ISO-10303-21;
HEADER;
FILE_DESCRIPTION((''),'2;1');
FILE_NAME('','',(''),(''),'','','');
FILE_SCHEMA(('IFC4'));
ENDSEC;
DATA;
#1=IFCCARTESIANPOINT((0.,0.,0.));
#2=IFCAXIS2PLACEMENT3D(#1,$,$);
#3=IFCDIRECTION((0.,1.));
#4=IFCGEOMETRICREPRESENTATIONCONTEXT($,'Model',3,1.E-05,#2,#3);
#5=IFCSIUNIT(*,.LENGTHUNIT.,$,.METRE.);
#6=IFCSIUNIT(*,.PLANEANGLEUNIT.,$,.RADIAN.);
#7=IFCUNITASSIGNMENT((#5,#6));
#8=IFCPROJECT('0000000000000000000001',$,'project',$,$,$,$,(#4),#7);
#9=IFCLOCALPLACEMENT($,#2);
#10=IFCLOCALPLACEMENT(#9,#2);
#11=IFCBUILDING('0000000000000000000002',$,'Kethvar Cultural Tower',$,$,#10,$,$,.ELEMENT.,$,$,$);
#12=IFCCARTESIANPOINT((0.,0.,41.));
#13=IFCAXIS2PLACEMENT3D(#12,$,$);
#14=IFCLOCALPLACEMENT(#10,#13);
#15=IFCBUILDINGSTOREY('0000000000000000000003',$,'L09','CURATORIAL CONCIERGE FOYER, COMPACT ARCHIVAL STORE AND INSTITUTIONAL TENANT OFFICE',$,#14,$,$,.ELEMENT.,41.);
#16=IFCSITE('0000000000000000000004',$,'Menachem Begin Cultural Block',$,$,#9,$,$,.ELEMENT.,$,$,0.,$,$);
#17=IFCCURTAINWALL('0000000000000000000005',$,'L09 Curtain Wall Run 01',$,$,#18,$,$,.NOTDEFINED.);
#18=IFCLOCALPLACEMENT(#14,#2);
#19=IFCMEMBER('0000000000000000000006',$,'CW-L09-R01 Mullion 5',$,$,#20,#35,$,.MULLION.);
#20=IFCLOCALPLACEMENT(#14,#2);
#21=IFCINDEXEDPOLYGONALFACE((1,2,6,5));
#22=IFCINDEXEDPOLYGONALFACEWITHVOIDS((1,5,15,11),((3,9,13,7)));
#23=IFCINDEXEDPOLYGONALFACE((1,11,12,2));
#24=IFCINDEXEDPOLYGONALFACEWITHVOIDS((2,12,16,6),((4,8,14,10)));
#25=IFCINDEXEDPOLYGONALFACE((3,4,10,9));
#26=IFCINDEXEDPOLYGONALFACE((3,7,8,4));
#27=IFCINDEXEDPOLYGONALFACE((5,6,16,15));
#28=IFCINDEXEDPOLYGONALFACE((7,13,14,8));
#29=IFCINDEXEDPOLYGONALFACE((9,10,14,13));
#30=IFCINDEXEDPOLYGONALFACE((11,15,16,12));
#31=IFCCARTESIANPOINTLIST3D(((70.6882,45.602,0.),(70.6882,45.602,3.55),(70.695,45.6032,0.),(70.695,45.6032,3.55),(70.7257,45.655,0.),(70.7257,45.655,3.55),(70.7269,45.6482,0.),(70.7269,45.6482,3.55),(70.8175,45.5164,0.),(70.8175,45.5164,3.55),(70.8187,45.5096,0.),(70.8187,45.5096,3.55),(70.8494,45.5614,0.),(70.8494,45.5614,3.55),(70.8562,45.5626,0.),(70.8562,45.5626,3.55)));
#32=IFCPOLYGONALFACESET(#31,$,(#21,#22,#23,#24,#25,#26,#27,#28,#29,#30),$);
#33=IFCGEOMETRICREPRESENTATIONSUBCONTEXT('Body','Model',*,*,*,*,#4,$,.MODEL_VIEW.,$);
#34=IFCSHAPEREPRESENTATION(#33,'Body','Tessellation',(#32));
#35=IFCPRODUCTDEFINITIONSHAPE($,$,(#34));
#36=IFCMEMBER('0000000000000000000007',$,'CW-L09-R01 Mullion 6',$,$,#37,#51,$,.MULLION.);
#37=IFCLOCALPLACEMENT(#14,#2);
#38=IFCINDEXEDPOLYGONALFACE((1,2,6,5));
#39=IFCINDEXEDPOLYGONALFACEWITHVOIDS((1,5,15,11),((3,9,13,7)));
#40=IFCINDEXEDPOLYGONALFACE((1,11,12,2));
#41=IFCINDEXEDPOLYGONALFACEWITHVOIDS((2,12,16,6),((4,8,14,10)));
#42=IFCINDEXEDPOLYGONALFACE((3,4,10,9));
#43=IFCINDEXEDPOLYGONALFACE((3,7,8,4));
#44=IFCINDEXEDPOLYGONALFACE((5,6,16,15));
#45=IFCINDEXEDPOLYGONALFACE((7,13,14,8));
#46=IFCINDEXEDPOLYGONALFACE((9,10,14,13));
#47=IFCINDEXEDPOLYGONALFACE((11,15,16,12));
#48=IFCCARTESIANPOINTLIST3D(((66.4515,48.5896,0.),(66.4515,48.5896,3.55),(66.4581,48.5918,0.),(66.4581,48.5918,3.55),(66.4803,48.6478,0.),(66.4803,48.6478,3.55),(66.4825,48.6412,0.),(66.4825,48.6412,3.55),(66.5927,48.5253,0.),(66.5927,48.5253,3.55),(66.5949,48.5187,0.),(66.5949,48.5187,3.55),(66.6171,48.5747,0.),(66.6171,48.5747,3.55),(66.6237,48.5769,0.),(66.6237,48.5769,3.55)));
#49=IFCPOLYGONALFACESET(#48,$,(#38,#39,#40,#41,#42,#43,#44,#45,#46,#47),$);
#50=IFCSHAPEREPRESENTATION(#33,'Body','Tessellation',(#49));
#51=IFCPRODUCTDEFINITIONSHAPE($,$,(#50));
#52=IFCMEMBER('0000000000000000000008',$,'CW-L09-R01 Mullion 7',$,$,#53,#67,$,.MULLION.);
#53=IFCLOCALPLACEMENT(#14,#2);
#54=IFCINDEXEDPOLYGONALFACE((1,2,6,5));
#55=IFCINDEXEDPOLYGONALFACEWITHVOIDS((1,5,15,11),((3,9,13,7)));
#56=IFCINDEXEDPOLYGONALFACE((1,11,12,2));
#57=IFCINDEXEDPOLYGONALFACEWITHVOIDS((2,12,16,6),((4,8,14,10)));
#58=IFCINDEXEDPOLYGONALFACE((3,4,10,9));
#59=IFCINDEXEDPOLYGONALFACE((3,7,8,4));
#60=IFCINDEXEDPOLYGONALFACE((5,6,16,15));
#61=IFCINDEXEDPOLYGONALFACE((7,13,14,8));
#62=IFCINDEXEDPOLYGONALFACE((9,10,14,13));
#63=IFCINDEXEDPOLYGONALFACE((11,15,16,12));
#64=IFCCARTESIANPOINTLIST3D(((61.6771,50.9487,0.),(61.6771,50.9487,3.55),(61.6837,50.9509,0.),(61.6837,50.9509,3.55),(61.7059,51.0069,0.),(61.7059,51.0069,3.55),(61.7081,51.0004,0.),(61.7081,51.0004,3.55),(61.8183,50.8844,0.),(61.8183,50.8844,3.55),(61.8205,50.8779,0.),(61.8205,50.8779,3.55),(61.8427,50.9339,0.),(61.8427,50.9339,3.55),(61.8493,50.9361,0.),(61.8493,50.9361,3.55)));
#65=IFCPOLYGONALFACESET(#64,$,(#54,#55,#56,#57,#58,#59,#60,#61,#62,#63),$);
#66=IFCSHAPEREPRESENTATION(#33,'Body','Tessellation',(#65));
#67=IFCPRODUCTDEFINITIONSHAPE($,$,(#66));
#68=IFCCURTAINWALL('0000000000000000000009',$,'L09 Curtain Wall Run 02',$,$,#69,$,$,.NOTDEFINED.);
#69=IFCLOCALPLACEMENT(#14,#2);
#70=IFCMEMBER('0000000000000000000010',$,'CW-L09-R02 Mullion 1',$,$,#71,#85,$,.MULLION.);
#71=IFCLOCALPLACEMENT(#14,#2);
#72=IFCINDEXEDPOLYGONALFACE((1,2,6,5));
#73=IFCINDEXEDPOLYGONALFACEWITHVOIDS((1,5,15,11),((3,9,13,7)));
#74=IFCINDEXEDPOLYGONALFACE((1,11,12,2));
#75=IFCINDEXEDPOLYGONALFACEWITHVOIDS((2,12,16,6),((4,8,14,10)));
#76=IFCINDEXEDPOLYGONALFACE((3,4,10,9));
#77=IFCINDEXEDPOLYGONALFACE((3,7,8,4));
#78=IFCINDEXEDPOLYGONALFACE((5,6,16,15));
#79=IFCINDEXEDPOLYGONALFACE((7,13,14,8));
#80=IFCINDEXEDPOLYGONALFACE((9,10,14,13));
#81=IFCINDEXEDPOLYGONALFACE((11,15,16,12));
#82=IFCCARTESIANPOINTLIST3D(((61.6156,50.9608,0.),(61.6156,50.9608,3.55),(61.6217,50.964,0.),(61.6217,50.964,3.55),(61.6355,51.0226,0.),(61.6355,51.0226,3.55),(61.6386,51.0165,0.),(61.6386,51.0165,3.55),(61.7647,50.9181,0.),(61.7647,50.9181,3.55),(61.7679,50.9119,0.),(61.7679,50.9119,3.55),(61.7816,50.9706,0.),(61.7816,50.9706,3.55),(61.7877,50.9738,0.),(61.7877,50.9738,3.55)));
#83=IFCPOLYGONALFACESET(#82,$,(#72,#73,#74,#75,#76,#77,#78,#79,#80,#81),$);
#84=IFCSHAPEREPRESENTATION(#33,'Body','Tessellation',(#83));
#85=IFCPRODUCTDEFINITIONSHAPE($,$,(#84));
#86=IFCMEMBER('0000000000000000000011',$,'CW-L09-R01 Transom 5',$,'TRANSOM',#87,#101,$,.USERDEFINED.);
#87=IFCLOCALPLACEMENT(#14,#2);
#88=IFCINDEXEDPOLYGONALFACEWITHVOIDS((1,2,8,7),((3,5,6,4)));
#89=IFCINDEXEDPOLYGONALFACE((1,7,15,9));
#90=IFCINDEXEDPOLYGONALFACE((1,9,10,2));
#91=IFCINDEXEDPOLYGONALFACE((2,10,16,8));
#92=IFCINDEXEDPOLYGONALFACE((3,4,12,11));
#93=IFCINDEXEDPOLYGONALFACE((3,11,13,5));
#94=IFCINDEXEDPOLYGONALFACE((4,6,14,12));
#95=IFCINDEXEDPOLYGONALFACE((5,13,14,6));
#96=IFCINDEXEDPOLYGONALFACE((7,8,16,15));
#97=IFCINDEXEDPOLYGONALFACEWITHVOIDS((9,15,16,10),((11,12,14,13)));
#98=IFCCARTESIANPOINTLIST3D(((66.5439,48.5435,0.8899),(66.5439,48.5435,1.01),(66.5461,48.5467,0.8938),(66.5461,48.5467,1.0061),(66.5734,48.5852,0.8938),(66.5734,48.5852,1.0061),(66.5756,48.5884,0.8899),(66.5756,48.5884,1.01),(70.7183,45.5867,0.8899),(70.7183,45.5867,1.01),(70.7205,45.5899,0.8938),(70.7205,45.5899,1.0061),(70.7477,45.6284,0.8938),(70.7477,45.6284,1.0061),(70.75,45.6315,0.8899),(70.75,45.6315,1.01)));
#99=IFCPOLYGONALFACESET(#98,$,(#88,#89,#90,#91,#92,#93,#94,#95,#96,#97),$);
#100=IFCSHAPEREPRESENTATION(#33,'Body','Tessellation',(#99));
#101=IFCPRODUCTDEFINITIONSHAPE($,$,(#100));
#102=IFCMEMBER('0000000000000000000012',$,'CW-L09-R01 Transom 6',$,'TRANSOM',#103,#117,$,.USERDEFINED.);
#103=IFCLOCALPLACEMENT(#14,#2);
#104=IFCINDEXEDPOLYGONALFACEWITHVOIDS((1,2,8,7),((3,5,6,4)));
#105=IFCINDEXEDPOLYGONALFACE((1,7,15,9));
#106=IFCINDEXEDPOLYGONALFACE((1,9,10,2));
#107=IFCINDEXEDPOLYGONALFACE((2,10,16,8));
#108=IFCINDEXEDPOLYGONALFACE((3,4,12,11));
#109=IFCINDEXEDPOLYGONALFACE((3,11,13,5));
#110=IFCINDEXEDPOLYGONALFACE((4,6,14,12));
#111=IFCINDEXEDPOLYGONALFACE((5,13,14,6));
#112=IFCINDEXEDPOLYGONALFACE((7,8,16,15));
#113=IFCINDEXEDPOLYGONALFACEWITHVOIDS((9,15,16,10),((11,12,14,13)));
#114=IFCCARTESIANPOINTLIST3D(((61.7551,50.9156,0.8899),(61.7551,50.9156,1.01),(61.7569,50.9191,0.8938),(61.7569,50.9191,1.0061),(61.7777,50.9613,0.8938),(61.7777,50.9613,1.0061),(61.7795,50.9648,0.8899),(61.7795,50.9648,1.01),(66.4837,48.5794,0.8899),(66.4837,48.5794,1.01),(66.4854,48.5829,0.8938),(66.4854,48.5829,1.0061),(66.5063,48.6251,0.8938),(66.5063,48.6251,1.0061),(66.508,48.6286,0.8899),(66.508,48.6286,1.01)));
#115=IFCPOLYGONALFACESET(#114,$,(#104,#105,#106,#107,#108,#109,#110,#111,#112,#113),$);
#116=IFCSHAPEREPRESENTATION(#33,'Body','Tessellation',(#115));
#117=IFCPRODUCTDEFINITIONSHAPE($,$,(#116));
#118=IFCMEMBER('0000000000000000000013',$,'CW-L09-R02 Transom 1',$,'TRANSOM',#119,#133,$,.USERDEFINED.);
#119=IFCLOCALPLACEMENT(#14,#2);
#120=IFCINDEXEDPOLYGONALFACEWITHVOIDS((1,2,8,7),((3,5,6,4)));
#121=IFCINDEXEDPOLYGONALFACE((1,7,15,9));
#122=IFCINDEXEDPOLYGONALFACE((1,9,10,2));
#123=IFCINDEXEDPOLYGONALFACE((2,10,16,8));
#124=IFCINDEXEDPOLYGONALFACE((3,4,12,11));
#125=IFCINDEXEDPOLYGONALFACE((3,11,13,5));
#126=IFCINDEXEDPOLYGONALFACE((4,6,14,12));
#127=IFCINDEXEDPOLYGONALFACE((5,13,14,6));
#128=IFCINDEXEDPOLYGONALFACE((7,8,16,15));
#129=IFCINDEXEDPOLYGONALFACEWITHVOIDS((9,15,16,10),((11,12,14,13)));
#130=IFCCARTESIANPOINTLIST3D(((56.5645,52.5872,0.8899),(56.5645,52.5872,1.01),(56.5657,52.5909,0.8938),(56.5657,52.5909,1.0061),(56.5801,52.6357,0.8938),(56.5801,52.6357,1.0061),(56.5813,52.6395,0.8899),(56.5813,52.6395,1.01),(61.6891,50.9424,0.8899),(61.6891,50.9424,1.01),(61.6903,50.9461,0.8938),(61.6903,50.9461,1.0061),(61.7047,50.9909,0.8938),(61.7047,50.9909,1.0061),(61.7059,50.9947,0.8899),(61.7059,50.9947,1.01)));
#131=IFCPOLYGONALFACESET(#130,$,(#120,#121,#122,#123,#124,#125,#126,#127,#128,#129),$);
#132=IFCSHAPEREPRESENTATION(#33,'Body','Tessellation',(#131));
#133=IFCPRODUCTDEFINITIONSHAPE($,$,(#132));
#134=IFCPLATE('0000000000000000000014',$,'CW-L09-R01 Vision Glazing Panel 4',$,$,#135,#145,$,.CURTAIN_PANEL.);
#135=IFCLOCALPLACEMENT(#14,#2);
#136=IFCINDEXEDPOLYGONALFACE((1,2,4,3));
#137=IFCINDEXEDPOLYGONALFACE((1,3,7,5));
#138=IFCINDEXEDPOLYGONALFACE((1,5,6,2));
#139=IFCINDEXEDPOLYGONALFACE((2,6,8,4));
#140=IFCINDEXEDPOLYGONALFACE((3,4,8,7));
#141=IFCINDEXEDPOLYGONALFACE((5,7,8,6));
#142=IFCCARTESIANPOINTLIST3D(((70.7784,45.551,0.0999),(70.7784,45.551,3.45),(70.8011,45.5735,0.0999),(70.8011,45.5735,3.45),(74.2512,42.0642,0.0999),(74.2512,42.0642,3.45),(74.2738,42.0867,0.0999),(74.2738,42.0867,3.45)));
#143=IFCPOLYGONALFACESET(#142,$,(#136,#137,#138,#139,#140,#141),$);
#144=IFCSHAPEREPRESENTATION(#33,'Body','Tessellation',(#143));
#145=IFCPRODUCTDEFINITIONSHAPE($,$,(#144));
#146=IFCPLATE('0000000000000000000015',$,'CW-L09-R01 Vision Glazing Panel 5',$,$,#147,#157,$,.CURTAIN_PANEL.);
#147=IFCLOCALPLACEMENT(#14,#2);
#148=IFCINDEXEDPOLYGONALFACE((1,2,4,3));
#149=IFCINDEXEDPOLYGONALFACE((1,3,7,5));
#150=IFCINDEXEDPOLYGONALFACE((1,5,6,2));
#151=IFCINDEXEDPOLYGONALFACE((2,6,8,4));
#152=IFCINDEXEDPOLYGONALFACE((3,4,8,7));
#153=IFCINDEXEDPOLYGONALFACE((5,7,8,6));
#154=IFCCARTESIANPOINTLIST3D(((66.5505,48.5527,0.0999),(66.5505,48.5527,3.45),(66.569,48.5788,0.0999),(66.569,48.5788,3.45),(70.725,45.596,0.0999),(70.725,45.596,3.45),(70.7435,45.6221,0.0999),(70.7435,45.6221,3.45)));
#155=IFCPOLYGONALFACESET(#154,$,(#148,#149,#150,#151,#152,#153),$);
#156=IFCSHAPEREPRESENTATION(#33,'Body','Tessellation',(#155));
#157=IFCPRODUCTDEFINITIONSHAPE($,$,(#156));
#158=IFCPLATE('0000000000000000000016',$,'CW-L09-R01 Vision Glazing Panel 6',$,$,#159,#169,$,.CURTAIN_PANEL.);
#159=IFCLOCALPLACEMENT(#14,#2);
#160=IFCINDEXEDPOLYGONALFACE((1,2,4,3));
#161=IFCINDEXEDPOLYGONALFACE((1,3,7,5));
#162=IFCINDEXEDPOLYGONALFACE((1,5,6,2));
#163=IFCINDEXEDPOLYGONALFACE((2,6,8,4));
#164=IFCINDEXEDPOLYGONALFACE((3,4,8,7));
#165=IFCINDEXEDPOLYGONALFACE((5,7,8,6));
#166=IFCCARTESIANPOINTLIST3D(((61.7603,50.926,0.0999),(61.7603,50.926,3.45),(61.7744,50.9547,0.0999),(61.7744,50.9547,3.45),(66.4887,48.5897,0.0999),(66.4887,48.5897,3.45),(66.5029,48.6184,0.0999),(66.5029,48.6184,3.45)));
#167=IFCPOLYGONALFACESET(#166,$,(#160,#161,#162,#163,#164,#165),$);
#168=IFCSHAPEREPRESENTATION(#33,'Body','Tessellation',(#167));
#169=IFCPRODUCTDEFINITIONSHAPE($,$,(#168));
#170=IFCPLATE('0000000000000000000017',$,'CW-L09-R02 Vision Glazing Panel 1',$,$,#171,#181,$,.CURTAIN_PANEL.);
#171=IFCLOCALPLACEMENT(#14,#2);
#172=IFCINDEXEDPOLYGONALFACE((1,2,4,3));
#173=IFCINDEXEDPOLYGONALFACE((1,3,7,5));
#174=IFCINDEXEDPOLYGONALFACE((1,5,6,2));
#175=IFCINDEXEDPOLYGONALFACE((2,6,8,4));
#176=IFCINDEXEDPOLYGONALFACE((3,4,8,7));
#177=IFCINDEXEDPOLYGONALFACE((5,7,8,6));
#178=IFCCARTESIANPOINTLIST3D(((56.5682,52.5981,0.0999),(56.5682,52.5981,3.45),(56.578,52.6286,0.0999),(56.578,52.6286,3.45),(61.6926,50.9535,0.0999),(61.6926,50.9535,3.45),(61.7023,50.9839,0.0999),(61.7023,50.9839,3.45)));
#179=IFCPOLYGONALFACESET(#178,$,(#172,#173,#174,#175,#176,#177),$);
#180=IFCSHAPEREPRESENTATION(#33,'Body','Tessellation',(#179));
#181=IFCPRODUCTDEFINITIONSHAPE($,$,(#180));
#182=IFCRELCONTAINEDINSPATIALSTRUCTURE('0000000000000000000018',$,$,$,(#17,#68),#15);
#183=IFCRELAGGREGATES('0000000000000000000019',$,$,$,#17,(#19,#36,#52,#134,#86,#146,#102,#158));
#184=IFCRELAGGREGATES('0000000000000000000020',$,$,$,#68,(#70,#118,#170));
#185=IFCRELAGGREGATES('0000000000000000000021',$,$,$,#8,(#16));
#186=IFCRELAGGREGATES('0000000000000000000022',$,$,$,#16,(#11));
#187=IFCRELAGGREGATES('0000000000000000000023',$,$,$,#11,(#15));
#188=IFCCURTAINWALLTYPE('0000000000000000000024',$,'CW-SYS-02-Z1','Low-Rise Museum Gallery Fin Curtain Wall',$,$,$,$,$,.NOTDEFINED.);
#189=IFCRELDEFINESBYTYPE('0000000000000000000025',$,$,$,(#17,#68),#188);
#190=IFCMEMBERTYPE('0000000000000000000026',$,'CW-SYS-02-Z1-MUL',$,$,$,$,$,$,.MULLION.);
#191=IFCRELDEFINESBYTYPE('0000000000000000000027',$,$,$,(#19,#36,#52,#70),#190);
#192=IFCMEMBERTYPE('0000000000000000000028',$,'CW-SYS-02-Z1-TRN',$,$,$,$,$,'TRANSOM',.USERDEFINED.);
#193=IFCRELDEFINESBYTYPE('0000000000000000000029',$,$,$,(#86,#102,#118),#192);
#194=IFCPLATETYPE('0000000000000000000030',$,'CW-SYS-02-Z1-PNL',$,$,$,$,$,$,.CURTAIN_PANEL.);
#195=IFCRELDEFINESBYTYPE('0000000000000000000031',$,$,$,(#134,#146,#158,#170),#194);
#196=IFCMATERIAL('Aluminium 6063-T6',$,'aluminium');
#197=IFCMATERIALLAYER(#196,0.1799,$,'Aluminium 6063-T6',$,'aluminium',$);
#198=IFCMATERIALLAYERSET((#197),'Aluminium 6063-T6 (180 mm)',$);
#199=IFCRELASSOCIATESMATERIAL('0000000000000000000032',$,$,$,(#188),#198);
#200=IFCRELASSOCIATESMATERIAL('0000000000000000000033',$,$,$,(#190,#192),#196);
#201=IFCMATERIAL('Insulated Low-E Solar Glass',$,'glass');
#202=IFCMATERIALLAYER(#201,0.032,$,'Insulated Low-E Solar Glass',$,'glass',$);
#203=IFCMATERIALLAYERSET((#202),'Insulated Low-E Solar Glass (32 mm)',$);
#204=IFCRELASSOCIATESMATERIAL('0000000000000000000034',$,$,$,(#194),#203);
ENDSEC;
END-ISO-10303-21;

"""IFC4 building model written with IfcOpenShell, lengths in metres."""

from ifc_helpers import new_model, si_unit, direction, frame, origin, origin_2d, place, context, subcontext, project, spatial, rectangle, hollow_rectangle, extrude, source, transform, mapped, material, layer, layer_set, material_profile, profile_set, type_object, element, aggregate, save


model = new_model("IFC4")

# Units and contexts
model_context = context("Model", 3, precision=1e-05, world=origin(), true_north=direction((0.0, 1.0)))
body_context = subcontext(model_context, "Body", "Model", "MODEL_VIEW")
ifc_project = project(units=[si_unit("LENGTHUNIT", "METRE"), si_unit("PLANEANGLEUNIT", "RADIAN")], contexts=[model_context])

# Site, building, storey
site_placement = place(None, origin())
site = spatial("IfcSite", under=ifc_project, at=site_placement, Name="Menachem Begin Cultural Block", CompositionType="ELEMENT", RefElevation=0.0)
building_placement = place(site_placement, origin())
building = spatial("IfcBuilding", under=site, at=building_placement, Name="Kethvar Cultural Tower", CompositionType="ELEMENT")
storey_placement = place(building_placement, frame((0.0, 0.0, 41.0)))
storey = spatial("IfcBuildingStorey", under=building, at=storey_placement, Name="L09", Description="CURATORIAL CONCIERGE FOYER, COMPACT ARCHIVAL STORE AND INSTITUTIONAL TENANT OFFICE", CompositionType="ELEMENT", Elevation=41.0)

# Curtain wall, members
ifc_material_1 = material(Name="Aluminium 6063-T6", Category="aluminium")
ifc_layer_1 = layer(ifc_material_1, 0.1799, Name="Aluminium 6063-T6", Category="aluminium")
ifc_layer_set_1 = layer_set([ifc_layer_1], Name="Aluminium 6063-T6 (180 mm)")
curtain_wall_type = type_object("IfcCurtainWallType", Name="CW-SYS-02-Z1", Description="Low-Rise Museum Gallery Fin Curtain Wall", PredefinedType="NOTDEFINED", material=ifc_layer_set_1)
curtain_wall_1_placement = place(storey_placement, origin())
curtain_wall_1 = element("IfcCurtainWall", 1, at=curtain_wall_1_placement, inside=storey, type_object=curtain_wall_type, Name="L09 Curtain Wall Run 01", PredefinedType="NOTDEFINED")
ifc_material_profile_1 = material_profile(ifc_material_1, hollow_rectangle(XDim=0.0649, YDim=0.1599, WallThickness=0.0049, at=origin_2d()), Name="Aluminium 6063-T6 — RHS160x65x5")
ifc_profile_set_1 = profile_set([ifc_material_profile_1], Name="Aluminium 6063-T6 — RHS160x65x5")
member_type_1 = type_object("IfcMemberType", Name="CW-SYS-02-Z1-MUL", PredefinedType="MULLION", material=ifc_profile_set_1)
shared_shape_1 = source(origin(), body_context, "Body", "SweptSolid", [
    extrude(hollow_rectangle(XDim=0.0649, YDim=0.1599, WallThickness=0.0049, at=origin_2d()), origin(), (0.0, 0.0, 1.0), 3.55),
])
member_1_placement = place(storey_placement, frame((70.7722, 45.5823, 0.0), z_axis=(0.0, 0.0, 1.0), x_axis=(-0.577986, -0.816047, 0.0)))
member_1 = element("IfcMember", 2, at=member_1_placement, type_object=member_type_1, Name="CW-L09-R01 Mullion 5", PredefinedType="MULLION", context=body_context, shape_type="MappedRepresentation", body=[
    mapped(shared_shape_1, transform((0.0, 0.0, 0.0), scale=1.0)),
])
member_2_placement = place(storey_placement, frame((66.5376, 48.5833, 0.0), z_axis=(0.0, 0.0, 1.0), x_axis=(-0.442977, -0.896533, 0.0)))
member_2 = element("IfcMember", 3, at=member_2_placement, type_object=member_type_1, Name="CW-L09-R01 Mullion 6", PredefinedType="MULLION", context=body_context, shape_type="MappedRepresentation", body=[
    mapped(shared_shape_1, transform((0.0, 0.0, 0.0), scale=1.0)),
])
member_3_placement = place(storey_placement, frame((61.7632, 50.9424, 0.0), z_axis=(0.0, 0.0, 1.0), x_axis=(-0.442977, -0.896533, 0.0)))
member_3 = element("IfcMember", 4, at=member_3_placement, type_object=member_type_1, Name="CW-L09-R01 Mullion 7", PredefinedType="MULLION", context=body_context, shape_type="MappedRepresentation", body=[
    mapped(shared_shape_1, transform((0.0, 0.0, 0.0), scale=1.0)),
])

# Curtain wall, member
curtain_wall_2_placement = place(storey_placement, origin())
curtain_wall_2 = element("IfcCurtainWall", 5, at=curtain_wall_2_placement, inside=storey, type_object=curtain_wall_type, Name="L09 Curtain Wall Run 02", PredefinedType="NOTDEFINED")
member_4_placement = place(storey_placement, frame((61.7017, 50.9673, 0.0), z_axis=(0.0, 0.0, 1.0), x_axis=(-0.305596, -0.952161, 0.0)))
member_4 = element("IfcMember", 6, at=member_4_placement, type_object=member_type_1, Name="CW-L09-R02 Mullion 1", PredefinedType="MULLION", context=body_context, shape_type="MappedRepresentation", body=[
    mapped(shared_shape_1, transform((0.0, 0.0, 0.0), scale=1.0)),
])

# Members
ifc_material_profile_2 = material_profile(ifc_material_1, hollow_rectangle(XDim=0.0549, YDim=0.1201, WallThickness=0.0039, at=origin_2d()), Name="Aluminium 6063-T6 — RHS120x55x4")
ifc_profile_set_2 = profile_set([ifc_material_profile_2], Name="Aluminium 6063-T6 — RHS120x55x4")
member_type_2 = type_object("IfcMemberType", Name="CW-SYS-02-Z1-TRN", ElementType="TRANSOM", PredefinedType="USERDEFINED", material=ifc_profile_set_2)
shared_shape_2 = source(origin(), body_context, "Body", "SweptSolid", [
    extrude(hollow_rectangle(XDim=0.0549, YDim=0.1201, WallThickness=0.0039, at=origin_2d()), origin(), (0.0, 0.0, 1.0), 5.1155),
])
member_5_placement = place(storey_placement, frame((70.7341, 45.6091, 0.95), z_axis=(-0.816026, 0.578015, 0.0), x_axis=(-0.578015, -0.816026, 0.0)))
member_5 = element("IfcMember", 7, at=member_5_placement, type_object=member_type_2, Name="CW-L09-R01 Transom 5", ObjectType="TRANSOM", PredefinedType="USERDEFINED", context=body_context, shape_type="MappedRepresentation", body=[
    mapped(shared_shape_2, transform((0.0, 0.0, 0.0), scale=1.0)),
])
shared_shape_3 = source(origin(), body_context, "Body", "SweptSolid", [
    extrude(hollow_rectangle(XDim=0.0549, YDim=0.1201, WallThickness=0.0039, at=origin_2d()), origin(), (0.0, 0.0, 1.0), 5.2742),
])
member_6_placement = place(storey_placement, frame((66.4958, 48.604, 0.95), z_axis=(-0.896546, 0.44295, 0.0), x_axis=(-0.44295, -0.896546, 0.0)))
member_6 = element("IfcMember", 8, at=member_6_placement, type_object=member_type_2, Name="CW-L09-R01 Transom 6", ObjectType="TRANSOM", PredefinedType="USERDEFINED", context=body_context, shape_type="MappedRepresentation", body=[
    mapped(shared_shape_3, transform((0.0, 0.0, 0.0), scale=1.0)),
])
shared_shape_4 = source(origin(), body_context, "Body", "SweptSolid", [
    extrude(hollow_rectangle(XDim=0.0549, YDim=0.1201, WallThickness=0.0039, at=origin_2d()), origin(), (0.0, 0.0, 1.0), 5.3821),
])
member_7_placement = place(storey_placement, frame((61.6975, 50.9685, 0.95), z_axis=(-0.952158, 0.305607, 0.0), x_axis=(-0.305607, -0.952158, 0.0)))
member_7 = element("IfcMember", 9, at=member_7_placement, type_object=member_type_2, Name="CW-L09-R02 Transom 1", ObjectType="TRANSOM", PredefinedType="USERDEFINED", context=body_context, shape_type="MappedRepresentation", body=[
    mapped(shared_shape_4, transform((0.0, 0.0, 0.0), scale=1.0)),
])

# Plates
ifc_material_2 = material(Name="Insulated Low-E Solar Glass", Category="glass")
ifc_layer_2 = layer(ifc_material_2, 0.032, Name="Insulated Low-E Solar Glass", Category="glass")
ifc_layer_set_2 = layer_set([ifc_layer_2], Name="Insulated Low-E Solar Glass (32 mm)")
plate_type = type_object("IfcPlateType", Name="CW-SYS-02-Z1-PNL", PredefinedType="CURTAIN_PANEL", material=ifc_layer_set_2)
shared_shape_5 = source(origin(), body_context, "Body", "SweptSolid", [
    extrude(rectangle(XDim=4.9211, YDim=0.032, at=origin_2d()), origin(), (0.0, 0.0, 1.0), 3.3501),
])
plate_1_placement = place(storey_placement, frame((72.5261, 43.8188, 0.0999), z_axis=(0.0, 0.0, 1.0), x_axis=(-0.705674, 0.708537, 0.0)))
plate_1 = element("IfcPlate", 10, at=plate_1_placement, type_object=plate_type, Name="CW-L09-R01 Vision Glazing Panel 4", PredefinedType="CURTAIN_PANEL", context=body_context, shape_type="MappedRepresentation", body=[
    mapped(shared_shape_5, transform((0.0, 0.0, 0.0), scale=1.0)),
])
shared_shape_6 = source(origin(), body_context, "Body", "SweptSolid", [
    extrude(rectangle(XDim=5.1155, YDim=0.032, at=origin_2d()), origin(), (0.0, 0.0, 1.0), 3.3501),
])
plate_2_placement = place(storey_placement, frame((68.647, 47.0874, 0.0999), z_axis=(0.0, 0.0, 1.0), x_axis=(-0.816047, 0.577986, 0.0)))
plate_2 = element("IfcPlate", 11, at=plate_2_placement, type_object=plate_type, Name="CW-L09-R01 Vision Glazing Panel 5", PredefinedType="CURTAIN_PANEL", context=body_context, shape_type="MappedRepresentation", body=[
    mapped(shared_shape_6, transform((0.0, 0.0, 0.0), scale=1.0)),
])
shared_shape_7 = source(origin(), body_context, "Body", "SweptSolid", [
    extrude(rectangle(XDim=5.2742, YDim=0.032, at=origin_2d()), origin(), (0.0, 0.0, 1.0), 3.3501),
])
plate_3_placement = place(storey_placement, frame((64.1316, 49.7722, 0.0999), z_axis=(0.0, 0.0, 1.0), x_axis=(-0.896533, 0.442977, 0.0)))
plate_3 = element("IfcPlate", 12, at=plate_3_placement, type_object=plate_type, Name="CW-L09-R01 Vision Glazing Panel 6", PredefinedType="CURTAIN_PANEL", context=body_context, shape_type="MappedRepresentation", body=[
    mapped(shared_shape_7, transform((0.0, 0.0, 0.0), scale=1.0)),
])
aggregate(curtain_wall_1, [member_1, member_2, member_3, plate_1, member_5, plate_2, member_6, plate_3])
shared_shape_8 = source(origin(), body_context, "Body", "SweptSolid", [
    extrude(rectangle(XDim=5.3818, YDim=0.032, at=origin_2d()), origin(), (0.0, 0.0, 1.0), 3.3501),
])
plate_4_placement = place(storey_placement, frame((59.1353, 51.791, 0.0999), z_axis=(0.0, 0.0, 1.0), x_axis=(-0.952161, 0.305596, 0.0)))
plate_4 = element("IfcPlate", 13, at=plate_4_placement, type_object=plate_type, Name="CW-L09-R02 Vision Glazing Panel 1", PredefinedType="CURTAIN_PANEL", context=body_context, shape_type="MappedRepresentation", body=[
    mapped(shared_shape_8, transform((0.0, 0.0, 0.0), scale=1.0)),
])
aggregate(curtain_wall_2, [member_4, member_7, plate_4])

save(model, "model.ifc")
